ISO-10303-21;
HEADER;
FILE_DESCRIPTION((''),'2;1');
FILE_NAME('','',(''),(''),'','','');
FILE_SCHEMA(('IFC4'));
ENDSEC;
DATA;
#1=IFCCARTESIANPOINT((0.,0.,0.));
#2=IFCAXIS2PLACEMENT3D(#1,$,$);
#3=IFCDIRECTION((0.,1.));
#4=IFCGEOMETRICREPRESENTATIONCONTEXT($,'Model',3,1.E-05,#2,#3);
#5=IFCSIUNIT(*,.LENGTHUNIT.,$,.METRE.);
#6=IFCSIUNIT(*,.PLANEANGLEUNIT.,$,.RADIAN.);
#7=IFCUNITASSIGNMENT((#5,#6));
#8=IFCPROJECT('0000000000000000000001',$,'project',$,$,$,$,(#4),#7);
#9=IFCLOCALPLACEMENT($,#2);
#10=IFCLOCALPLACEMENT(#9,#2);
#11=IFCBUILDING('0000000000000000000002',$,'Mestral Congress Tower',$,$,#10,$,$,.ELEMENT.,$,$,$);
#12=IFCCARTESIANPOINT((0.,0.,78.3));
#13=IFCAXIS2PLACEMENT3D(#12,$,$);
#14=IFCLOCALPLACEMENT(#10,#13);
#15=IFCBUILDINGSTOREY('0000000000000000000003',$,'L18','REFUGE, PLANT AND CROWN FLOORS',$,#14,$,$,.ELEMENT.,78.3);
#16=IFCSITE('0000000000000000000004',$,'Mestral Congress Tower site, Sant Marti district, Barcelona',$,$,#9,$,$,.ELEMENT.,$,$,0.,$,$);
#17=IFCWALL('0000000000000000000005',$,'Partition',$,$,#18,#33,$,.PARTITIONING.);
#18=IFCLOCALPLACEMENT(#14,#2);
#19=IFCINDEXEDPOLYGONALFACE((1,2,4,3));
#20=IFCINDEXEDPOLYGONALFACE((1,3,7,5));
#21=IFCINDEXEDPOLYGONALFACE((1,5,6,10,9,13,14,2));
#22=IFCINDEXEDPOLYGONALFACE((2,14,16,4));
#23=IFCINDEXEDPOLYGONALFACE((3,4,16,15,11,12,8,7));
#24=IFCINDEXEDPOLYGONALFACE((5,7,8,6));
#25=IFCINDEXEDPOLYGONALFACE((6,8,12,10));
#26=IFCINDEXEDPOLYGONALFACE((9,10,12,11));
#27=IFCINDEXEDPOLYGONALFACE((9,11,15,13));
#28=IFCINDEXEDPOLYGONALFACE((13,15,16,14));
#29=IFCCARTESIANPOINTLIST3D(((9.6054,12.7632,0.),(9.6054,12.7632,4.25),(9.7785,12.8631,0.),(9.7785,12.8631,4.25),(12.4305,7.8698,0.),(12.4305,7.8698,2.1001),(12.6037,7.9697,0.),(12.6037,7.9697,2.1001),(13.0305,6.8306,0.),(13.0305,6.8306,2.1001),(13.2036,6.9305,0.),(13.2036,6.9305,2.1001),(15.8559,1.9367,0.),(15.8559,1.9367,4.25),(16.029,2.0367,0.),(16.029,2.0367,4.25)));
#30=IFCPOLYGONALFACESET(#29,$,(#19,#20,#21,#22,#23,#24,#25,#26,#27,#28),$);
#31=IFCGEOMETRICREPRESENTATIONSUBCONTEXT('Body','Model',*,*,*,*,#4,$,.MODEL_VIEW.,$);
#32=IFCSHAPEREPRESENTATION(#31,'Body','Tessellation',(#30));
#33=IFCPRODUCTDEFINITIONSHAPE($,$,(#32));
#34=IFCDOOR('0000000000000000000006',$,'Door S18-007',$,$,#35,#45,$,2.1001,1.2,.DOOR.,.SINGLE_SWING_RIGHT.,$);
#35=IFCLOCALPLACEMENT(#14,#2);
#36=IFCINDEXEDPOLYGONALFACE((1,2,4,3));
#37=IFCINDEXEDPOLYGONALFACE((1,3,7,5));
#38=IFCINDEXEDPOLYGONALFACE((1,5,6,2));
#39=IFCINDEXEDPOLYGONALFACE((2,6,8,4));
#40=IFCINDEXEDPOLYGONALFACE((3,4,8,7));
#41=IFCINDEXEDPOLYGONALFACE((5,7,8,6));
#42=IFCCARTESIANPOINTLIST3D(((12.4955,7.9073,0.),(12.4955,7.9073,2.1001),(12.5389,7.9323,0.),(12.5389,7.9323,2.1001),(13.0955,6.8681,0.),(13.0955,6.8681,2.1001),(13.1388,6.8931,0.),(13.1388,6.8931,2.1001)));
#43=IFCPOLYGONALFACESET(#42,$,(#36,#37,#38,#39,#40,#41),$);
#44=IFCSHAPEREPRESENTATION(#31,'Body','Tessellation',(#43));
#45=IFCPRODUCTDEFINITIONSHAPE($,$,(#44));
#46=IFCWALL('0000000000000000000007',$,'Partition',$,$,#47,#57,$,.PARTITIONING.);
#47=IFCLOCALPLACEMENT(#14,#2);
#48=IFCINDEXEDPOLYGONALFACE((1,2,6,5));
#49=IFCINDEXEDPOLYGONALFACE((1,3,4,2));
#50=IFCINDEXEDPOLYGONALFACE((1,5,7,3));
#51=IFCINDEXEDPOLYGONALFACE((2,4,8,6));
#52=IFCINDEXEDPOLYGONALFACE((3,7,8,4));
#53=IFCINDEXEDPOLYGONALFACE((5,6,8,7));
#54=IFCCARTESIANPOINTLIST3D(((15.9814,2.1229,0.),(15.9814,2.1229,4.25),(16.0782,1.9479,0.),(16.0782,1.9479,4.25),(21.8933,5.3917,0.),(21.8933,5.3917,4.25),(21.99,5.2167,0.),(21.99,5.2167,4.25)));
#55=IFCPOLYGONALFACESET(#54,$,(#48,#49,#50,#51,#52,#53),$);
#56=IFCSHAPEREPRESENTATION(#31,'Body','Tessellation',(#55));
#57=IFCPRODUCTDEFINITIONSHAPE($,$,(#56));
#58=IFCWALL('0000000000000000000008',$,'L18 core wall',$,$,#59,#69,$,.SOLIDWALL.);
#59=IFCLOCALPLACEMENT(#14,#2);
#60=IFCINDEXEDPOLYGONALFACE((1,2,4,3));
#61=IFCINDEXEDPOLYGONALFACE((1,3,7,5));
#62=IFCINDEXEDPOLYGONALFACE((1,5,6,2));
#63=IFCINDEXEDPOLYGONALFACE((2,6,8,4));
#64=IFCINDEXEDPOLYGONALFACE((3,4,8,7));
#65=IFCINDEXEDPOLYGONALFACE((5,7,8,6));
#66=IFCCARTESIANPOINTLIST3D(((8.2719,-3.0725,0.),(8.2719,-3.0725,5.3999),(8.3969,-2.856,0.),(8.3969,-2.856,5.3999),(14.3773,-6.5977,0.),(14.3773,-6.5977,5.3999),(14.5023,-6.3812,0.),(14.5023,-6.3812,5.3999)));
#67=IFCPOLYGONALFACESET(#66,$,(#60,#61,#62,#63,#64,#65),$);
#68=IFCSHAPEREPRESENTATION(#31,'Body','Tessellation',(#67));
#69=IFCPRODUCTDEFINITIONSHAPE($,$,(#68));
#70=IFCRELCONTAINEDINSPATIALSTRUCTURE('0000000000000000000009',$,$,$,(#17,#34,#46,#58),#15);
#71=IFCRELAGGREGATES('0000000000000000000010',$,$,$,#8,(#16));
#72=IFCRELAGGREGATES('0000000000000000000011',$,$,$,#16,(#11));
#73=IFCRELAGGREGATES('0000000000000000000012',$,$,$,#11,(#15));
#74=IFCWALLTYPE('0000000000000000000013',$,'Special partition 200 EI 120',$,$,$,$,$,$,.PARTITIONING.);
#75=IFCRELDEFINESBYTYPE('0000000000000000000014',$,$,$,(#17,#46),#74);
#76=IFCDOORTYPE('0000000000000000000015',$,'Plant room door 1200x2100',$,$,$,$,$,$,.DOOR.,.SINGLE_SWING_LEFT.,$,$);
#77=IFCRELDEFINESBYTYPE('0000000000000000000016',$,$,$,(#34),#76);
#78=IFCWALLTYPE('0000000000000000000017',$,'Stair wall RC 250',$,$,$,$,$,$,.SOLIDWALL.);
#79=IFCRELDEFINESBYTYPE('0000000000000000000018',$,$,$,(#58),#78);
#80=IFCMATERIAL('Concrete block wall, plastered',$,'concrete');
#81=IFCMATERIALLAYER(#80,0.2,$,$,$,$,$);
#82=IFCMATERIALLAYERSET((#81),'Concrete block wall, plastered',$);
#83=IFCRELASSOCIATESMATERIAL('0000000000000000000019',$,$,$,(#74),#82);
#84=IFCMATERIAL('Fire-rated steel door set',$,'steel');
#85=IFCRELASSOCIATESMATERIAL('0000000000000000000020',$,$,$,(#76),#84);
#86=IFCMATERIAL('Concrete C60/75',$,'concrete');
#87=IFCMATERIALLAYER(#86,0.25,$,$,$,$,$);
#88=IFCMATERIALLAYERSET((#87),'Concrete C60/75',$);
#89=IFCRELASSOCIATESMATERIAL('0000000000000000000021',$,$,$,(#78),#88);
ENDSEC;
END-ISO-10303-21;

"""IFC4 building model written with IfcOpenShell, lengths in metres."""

from ifc_helpers import new_model, si_unit, direction, frame, frame_2d, origin, place, context, subcontext, project, spatial, rectangle, extrude, material, layer, layer_set, type_object, element, fill, save


model = new_model("IFC4")

# Units and contexts
model_context = context("Model", 3, precision=1e-05, world=origin(), true_north=direction((0.0, 1.0)))
body_context = subcontext(model_context, "Body", "Model", "MODEL_VIEW")
ifc_project = project(units=[si_unit("LENGTHUNIT", "METRE"), si_unit("PLANEANGLEUNIT", "RADIAN")], contexts=[model_context])

# Site, building, storey
site_placement = place(None, origin())
site = spatial("IfcSite", under=ifc_project, at=site_placement, Name="Mestral Congress Tower site, Sant Marti district, Barcelona", CompositionType="ELEMENT", RefElevation=0.0)
building_placement = place(site_placement, origin())
building = spatial("IfcBuilding", under=site, at=building_placement, Name="Mestral Congress Tower", CompositionType="ELEMENT")
storey_placement = place(building_placement, frame((0.0, 0.0, 78.3)))
storey = spatial("IfcBuildingStorey", under=building, at=storey_placement, Name="L18", Description="REFUGE, PLANT AND CROWN FLOORS", CompositionType="ELEMENT", Elevation=78.3)

# Shared definitions
ifc_material_1 = material(Name="Concrete C60/75", Category="concrete")

# Shared definitions
ifc_material_2 = material(Name="Fire-rated steel door set", Category="steel")

# Wall, opening, door
ifc_material_3 = material(Name="Concrete block wall, plastered", Category="concrete")
ifc_layer_1 = layer(ifc_material_3, 0.2)
ifc_layer_set_1 = layer_set([ifc_layer_1], Name="Concrete block wall, plastered")
wall_type_1 = type_object("IfcWallType", Name="Special partition 200 EI 120", PredefinedType="PARTITIONING", material=ifc_layer_set_1)
wall_1_placement = place(storey_placement, frame((15.9424, 1.9868, 0.0), z_axis=(0.0, 0.0, 1.0), x_axis=(-0.499991, 0.86603, 0.0)))
wall_1 = element("IfcWall", 1, at=wall_1_placement, inside=storey, type_object=wall_type_1, Name="Partition", PredefinedType="PARTITIONING", context=body_context, shape_type="SweptSolid", body=[
    extrude(rectangle(XDim=12.5012, YDim=0.2, at=frame_2d((6.2505, 0.0))), origin(), (0.0, 0.0, 1.0), 4.25),
])
opening_1_placement = place(wall_1_placement, frame((5.6506, 0.0, 0.0)))
opening_1 = element("IfcOpeningElement", 2, at=opening_1_placement, cuts=wall_1, PredefinedType="OPENING", context=body_context, shape_type="SweptSolid", body=[
    extrude(rectangle(XDim=1.2, YDim=2.1001, at=frame_2d((0.6001, 1.05))), frame((0.0, 0.1099, 0.0), z_axis=(0.0, -1.0, 0.0), x_axis=(1.0, 0.0, 0.0)), (0.0, 0.0, 1.0), 0.22),
])
door_type_1 = type_object("IfcDoorType", Name="Plant room door 1200x2100", OperationType="SINGLE_SWING_LEFT", PredefinedType="DOOR", material=ifc_material_2)
door_1_placement = place(opening_1_placement, origin())
door_1 = element("IfcDoor", 3, at=door_1_placement, inside=storey, type_object=door_type_1, Name="Door S18-007", OperationType="SINGLE_SWING_RIGHT", OverallHeight=2.1001, OverallWidth=1.2, PredefinedType="DOOR", context=body_context, shape_type="SweptSolid", body=[
    extrude(rectangle(XDim=1.2, YDim=2.1001, at=frame_2d((0.6001, 1.05))), frame((0.0, 0.0249, 0.0), z_axis=(0.0, -1.0, 0.0), x_axis=(1.0, 0.0, 0.0)), (0.0, 0.0, 1.0), 0.05),
])
fill(opening_1, door_1)

# Walls
wall_2_placement = place(storey_placement, frame((16.0298, 2.0354, 0.0), z_axis=(0.0, 0.0, 1.0), x_axis=(0.875134, 0.483881, 0.0)))
element("IfcWall", 4, at=wall_2_placement, inside=storey, type_object=wall_type_1, Name="Partition", PredefinedType="PARTITIONING", context=body_context, shape_type="SweptSolid", body=[
    extrude(rectangle(XDim=6.7554, YDim=0.2, at=frame_2d((3.3777, 0.0))), origin(), (0.0, 0.0, 1.0), 4.25),
])
ifc_layer_2 = layer(ifc_material_1, 0.25)
ifc_layer_set_2 = layer_set([ifc_layer_2], Name="Concrete C60/75")
wall_type_2 = type_object("IfcWallType", Name="Stair wall RC 250", PredefinedType="SOLIDWALL", material=ifc_layer_set_2)
wall_3_placement = place(storey_placement, frame((8.3345, -2.9644, 0.0), z_axis=(0.0, 0.0, 1.0), x_axis=(0.866016, -0.500016, 0.0)))
element("IfcWall", 5, at=wall_3_placement, inside=storey, type_object=wall_type_2, Name="L18 core wall", PredefinedType="SOLIDWALL", context=body_context, shape_type="SweptSolid", body=[
    extrude(rectangle(XDim=7.05, YDim=0.25, at=frame_2d((3.5249, 0.0))), origin(), (0.0, 0.0, 1.0), 5.3999),
])

save(model, "model.ifc")
